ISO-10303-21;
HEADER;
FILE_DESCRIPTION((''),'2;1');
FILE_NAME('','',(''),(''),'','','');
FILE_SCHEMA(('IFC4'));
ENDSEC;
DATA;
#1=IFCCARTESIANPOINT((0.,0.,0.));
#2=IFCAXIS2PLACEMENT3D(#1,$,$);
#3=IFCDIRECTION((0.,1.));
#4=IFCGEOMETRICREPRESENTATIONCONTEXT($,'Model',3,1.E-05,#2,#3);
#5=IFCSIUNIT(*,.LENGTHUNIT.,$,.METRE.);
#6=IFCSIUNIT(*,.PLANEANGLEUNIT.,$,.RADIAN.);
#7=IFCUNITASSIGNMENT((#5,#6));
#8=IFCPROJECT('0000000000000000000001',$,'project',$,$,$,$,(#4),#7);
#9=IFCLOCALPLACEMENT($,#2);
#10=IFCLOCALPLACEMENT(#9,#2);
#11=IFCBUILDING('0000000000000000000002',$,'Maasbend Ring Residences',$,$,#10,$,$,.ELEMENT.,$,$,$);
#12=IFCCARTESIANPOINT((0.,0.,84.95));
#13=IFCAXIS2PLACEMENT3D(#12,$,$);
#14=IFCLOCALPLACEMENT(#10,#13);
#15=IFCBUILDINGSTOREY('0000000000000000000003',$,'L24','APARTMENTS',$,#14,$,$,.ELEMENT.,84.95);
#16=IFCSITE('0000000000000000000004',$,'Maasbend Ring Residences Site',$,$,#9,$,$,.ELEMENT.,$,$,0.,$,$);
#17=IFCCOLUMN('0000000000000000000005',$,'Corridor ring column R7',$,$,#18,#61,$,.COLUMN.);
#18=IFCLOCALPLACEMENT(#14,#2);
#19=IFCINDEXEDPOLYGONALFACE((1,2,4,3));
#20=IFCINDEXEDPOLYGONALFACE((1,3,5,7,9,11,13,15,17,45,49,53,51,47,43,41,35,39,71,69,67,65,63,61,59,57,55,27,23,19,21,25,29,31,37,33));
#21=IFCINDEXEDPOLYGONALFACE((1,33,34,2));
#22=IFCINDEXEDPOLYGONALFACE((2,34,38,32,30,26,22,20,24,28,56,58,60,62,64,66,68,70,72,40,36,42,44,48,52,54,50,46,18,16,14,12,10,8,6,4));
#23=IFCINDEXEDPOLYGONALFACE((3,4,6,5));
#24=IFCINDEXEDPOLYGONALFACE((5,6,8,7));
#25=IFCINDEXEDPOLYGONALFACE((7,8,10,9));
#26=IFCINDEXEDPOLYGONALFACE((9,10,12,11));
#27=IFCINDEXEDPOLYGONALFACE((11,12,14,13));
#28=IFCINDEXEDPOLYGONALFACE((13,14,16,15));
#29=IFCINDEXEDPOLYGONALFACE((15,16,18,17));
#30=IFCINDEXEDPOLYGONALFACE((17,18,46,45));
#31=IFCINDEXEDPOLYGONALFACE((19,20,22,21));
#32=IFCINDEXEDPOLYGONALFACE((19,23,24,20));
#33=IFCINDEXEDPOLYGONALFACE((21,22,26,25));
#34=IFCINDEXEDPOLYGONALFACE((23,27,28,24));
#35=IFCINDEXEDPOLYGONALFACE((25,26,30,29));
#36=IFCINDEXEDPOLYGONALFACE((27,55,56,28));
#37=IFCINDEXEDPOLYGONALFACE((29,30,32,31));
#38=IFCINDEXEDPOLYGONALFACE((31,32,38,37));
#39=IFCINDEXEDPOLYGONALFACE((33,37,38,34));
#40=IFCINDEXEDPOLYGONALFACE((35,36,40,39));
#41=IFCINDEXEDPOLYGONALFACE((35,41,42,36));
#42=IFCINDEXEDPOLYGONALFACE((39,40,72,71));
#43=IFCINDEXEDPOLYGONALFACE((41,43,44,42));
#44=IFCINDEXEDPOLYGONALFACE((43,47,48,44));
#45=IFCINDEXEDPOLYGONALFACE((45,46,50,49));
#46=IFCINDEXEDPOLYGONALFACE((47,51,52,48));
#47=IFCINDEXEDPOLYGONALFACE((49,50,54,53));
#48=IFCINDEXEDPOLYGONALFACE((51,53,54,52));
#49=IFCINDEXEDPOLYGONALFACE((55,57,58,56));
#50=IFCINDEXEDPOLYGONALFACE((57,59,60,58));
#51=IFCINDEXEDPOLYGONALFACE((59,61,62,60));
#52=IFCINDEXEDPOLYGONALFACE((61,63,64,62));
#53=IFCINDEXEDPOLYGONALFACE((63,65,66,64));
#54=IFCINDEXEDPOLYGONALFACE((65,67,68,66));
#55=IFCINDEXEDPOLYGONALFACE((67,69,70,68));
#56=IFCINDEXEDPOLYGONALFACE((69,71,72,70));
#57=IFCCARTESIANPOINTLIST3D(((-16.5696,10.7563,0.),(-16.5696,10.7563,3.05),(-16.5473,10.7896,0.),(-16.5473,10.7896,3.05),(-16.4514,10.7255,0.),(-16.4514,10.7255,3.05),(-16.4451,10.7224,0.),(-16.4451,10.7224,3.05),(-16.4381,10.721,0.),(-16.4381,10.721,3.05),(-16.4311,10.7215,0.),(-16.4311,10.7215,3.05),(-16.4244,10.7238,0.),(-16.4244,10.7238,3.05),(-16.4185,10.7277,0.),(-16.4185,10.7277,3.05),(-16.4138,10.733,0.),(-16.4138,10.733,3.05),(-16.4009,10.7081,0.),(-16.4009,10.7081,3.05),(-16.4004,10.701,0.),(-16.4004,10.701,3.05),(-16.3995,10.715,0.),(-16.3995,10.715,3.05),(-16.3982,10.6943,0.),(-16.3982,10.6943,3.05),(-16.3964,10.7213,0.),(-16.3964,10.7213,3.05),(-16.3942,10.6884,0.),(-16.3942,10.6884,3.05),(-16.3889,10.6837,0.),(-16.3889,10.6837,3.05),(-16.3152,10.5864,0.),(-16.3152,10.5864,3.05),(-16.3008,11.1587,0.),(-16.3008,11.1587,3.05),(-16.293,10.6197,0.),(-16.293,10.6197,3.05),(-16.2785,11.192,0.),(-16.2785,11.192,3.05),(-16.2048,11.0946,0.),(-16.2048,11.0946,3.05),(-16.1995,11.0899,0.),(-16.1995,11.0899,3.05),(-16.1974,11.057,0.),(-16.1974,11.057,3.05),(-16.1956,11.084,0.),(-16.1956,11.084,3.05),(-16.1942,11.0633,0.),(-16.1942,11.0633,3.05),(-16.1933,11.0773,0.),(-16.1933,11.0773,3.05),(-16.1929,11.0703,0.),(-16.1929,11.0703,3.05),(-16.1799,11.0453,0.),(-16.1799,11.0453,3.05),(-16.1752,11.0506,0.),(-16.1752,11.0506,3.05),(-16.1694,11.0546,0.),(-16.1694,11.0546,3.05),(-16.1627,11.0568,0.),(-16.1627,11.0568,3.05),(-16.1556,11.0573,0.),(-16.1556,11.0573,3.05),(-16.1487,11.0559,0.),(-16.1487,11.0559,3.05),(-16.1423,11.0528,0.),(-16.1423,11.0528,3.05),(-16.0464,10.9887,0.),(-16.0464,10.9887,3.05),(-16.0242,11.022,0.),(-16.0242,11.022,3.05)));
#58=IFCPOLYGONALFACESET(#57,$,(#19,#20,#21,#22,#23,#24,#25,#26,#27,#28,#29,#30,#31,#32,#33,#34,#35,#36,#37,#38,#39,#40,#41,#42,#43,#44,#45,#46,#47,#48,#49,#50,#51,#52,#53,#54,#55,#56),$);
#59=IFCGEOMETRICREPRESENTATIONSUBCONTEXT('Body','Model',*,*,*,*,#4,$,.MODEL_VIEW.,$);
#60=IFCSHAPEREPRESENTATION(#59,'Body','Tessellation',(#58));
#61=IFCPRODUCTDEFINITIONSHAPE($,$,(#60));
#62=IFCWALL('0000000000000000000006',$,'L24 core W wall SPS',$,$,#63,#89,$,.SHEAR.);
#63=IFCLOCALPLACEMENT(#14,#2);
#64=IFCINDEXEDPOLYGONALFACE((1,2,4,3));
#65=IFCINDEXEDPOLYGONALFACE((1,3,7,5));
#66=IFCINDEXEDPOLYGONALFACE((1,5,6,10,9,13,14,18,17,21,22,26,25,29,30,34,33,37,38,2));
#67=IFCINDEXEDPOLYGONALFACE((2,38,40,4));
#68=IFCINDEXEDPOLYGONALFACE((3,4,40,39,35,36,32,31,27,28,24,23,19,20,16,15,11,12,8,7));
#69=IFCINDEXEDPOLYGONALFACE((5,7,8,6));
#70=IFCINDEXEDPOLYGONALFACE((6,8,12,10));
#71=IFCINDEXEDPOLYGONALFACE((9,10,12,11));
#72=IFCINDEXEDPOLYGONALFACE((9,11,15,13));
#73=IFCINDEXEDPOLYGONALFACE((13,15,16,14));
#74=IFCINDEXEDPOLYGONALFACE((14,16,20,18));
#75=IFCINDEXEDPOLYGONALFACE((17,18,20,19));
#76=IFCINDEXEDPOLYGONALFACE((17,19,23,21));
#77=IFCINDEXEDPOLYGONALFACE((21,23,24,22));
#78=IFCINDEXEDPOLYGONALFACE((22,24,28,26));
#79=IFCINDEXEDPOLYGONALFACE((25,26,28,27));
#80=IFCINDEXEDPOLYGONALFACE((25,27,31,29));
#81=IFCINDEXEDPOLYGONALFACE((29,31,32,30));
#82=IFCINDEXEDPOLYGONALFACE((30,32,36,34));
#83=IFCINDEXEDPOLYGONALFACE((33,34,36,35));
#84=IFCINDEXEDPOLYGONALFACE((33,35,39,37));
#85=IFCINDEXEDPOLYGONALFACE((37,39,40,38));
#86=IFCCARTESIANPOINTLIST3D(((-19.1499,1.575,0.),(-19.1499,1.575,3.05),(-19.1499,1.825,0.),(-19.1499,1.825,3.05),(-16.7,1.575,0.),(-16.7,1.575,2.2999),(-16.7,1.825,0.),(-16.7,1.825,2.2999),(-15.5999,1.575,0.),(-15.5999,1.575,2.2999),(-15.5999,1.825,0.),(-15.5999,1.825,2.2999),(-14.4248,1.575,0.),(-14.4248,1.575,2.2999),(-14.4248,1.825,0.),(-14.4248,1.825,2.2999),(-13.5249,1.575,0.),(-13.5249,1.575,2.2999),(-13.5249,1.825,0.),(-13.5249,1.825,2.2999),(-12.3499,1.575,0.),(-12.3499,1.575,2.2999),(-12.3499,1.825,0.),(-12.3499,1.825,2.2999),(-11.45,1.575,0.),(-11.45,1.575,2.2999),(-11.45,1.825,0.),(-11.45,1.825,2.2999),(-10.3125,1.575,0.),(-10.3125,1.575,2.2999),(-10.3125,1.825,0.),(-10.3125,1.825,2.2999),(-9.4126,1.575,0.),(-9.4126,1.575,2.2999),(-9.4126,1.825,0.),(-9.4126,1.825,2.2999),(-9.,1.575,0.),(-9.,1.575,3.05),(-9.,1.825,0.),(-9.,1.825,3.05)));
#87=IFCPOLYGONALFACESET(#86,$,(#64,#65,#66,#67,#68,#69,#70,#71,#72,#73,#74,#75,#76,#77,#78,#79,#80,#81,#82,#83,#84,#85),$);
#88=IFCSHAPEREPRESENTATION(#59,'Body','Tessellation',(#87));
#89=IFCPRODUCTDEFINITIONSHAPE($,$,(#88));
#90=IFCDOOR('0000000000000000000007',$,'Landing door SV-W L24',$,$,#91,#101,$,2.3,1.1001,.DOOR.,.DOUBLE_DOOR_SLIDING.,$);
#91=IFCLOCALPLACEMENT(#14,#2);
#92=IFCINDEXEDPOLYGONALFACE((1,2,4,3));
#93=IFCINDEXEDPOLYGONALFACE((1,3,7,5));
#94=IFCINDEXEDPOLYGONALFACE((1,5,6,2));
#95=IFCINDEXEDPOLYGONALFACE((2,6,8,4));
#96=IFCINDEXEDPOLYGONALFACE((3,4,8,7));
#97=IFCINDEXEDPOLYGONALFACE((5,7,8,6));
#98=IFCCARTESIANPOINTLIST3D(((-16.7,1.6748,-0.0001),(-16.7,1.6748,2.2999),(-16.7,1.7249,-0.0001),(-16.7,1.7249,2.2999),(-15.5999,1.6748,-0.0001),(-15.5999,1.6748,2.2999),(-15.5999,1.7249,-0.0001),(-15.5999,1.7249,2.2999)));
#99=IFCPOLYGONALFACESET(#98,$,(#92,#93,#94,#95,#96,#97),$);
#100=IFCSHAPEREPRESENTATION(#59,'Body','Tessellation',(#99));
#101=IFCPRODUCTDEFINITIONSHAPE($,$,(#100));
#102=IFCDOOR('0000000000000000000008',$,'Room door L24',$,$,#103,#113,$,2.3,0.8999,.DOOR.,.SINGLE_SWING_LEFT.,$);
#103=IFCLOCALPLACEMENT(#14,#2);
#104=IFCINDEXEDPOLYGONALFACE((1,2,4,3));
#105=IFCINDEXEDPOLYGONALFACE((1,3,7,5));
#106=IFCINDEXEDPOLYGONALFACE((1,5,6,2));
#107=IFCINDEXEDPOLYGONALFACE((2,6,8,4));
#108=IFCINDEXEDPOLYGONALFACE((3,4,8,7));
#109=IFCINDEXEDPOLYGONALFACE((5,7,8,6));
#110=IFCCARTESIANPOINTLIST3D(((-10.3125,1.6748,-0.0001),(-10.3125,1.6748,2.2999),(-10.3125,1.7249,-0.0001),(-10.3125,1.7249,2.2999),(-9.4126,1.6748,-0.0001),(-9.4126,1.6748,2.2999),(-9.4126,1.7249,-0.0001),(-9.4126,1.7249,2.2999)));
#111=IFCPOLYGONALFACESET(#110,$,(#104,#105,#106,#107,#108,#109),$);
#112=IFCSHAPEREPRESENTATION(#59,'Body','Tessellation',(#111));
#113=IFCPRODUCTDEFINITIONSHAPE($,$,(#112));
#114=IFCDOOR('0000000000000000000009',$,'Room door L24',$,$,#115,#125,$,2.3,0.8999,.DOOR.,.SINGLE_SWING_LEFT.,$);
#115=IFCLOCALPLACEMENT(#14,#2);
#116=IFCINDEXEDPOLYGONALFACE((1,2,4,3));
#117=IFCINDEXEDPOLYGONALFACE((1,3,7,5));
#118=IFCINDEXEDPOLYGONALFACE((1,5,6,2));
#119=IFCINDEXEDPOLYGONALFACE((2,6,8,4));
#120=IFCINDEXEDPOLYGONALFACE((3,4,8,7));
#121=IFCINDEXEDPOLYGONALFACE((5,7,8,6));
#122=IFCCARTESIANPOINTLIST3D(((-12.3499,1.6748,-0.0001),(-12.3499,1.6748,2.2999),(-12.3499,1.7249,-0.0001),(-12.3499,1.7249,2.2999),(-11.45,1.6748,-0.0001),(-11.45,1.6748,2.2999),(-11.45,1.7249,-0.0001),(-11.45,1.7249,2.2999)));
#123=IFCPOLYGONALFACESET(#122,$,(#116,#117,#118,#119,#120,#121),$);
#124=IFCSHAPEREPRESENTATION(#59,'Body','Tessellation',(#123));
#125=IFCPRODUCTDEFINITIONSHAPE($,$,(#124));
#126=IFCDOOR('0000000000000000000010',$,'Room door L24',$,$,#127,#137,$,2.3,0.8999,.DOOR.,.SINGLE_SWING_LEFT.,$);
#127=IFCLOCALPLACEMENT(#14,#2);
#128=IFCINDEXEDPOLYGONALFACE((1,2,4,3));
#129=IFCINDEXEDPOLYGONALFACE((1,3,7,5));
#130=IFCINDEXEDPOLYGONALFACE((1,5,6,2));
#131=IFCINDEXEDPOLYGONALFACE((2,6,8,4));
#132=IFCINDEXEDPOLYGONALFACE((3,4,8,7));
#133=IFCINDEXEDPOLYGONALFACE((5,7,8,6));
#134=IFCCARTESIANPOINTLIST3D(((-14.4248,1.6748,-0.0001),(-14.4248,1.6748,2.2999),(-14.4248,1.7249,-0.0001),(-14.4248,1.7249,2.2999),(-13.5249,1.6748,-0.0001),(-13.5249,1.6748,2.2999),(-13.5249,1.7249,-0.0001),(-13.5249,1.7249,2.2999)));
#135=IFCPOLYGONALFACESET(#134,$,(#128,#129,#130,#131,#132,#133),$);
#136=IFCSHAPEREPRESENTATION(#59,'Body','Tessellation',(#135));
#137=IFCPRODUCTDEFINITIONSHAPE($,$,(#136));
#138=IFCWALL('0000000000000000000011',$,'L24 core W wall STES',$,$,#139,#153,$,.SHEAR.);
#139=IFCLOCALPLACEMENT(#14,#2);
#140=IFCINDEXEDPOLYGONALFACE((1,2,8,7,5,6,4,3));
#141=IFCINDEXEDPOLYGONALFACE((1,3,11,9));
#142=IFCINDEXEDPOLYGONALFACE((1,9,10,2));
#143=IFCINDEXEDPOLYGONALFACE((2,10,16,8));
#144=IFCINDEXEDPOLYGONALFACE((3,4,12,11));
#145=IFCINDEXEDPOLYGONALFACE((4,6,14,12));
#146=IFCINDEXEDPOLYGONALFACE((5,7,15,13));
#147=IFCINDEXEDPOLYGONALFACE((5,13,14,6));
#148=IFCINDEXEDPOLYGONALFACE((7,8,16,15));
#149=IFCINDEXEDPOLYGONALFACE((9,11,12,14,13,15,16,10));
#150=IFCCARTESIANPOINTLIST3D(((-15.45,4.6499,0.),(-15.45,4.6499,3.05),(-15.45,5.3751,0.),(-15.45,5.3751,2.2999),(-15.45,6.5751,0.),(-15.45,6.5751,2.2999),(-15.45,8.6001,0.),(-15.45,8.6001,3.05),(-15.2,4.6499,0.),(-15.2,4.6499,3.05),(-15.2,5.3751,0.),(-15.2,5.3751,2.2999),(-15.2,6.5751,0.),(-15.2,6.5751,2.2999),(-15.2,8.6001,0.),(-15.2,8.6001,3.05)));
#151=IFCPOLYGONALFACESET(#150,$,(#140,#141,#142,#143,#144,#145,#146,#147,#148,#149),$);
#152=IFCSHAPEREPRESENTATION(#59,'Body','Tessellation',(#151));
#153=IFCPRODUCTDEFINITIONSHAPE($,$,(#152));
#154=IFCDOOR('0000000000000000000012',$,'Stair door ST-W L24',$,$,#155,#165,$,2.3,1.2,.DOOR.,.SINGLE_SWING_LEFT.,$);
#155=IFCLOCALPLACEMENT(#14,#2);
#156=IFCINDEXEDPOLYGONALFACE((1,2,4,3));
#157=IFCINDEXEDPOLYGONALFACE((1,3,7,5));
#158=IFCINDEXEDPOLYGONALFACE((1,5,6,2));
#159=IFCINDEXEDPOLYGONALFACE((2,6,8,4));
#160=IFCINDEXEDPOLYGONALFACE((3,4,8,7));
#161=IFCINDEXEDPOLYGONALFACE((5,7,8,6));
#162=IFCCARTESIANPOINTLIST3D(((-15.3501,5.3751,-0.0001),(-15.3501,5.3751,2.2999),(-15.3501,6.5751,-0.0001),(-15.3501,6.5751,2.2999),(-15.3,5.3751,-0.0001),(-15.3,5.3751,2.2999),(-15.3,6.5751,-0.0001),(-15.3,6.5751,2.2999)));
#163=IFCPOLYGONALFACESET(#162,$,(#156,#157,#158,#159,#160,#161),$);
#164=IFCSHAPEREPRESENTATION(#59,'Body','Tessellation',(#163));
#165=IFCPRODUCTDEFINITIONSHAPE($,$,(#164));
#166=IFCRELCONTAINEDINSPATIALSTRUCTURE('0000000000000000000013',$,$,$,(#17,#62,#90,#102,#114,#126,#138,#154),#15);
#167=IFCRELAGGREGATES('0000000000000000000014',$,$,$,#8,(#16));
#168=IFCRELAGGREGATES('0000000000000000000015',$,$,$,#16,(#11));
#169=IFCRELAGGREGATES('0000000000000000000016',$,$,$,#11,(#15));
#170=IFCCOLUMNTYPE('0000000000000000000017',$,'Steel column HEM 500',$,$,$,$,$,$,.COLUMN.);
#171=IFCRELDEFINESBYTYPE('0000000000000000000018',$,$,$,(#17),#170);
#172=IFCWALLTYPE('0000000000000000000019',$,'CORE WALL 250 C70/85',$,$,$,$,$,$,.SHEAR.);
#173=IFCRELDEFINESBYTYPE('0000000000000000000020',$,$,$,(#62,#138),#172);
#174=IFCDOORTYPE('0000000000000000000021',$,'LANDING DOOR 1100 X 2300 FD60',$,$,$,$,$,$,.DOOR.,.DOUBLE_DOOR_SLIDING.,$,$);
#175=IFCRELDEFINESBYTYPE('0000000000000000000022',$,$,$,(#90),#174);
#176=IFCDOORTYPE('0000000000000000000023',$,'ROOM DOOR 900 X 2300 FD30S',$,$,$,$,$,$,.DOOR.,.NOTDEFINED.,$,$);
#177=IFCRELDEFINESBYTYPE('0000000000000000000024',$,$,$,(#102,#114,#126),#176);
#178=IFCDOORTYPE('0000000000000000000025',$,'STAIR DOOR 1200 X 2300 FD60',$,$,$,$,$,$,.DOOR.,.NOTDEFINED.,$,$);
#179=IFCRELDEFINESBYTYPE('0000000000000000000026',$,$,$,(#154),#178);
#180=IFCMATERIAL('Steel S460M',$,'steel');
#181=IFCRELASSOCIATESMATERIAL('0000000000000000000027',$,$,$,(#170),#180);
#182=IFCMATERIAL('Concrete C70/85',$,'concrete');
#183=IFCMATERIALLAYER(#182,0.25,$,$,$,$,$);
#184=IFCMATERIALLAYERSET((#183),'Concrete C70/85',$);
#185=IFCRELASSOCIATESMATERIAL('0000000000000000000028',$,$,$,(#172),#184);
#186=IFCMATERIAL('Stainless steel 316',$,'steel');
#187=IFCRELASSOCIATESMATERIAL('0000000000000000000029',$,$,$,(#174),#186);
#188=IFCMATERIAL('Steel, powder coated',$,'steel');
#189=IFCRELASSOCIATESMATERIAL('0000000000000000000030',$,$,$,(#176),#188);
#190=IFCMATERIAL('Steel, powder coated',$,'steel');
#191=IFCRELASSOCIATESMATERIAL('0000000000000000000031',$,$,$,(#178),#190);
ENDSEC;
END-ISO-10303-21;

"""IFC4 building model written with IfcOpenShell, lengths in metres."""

from ifc_helpers import new_model, si_unit, direction, frame, frame_2d, origin, origin_2d, place, context, subcontext, project, spatial, rectangle, i_section, extrude, material, layer, layer_set, material_profile, profile_set, type_object, element, fill, save


model = new_model("IFC4")

# Units and contexts
model_context = context("Model", 3, precision=1e-05, world=origin(), true_north=direction((0.0, 1.0)))
body_context = subcontext(model_context, "Body", "Model", "MODEL_VIEW")
ifc_project = project(units=[si_unit("LENGTHUNIT", "METRE"), si_unit("PLANEANGLEUNIT", "RADIAN")], contexts=[model_context])

# Site, building, storey
site_placement = place(None, origin())
site = spatial("IfcSite", under=ifc_project, at=site_placement, Name="Maasbend Ring Residences Site", CompositionType="ELEMENT", RefElevation=0.0)
building_placement = place(site_placement, origin())
building = spatial("IfcBuilding", under=site, at=building_placement, Name="Maasbend Ring Residences", CompositionType="ELEMENT")
storey_placement = place(building_placement, frame((0.0, 0.0, 84.95)))
storey = spatial("IfcBuildingStorey", under=building, at=storey_placement, Name="L24", Description="APARTMENTS", CompositionType="ELEMENT", Elevation=84.95)

# Column
ifc_material_1 = material(Name="Steel S460M", Category="steel")
ifc_material_profile = material_profile(ifc_material_1, i_section(OverallWidth=0.3059, OverallDepth=0.5239, WebThickness=0.021, FlangeThickness=0.04, FilletRadius=0.0271, at=origin_2d()), Name="HEM 500")
ifc_profile_set = profile_set([ifc_material_profile], Name="Steel S460M")
column_type = type_object("IfcColumnType", Name="Steel column HEM 500", PredefinedType="COLUMN", material=ifc_profile_set)
column_placement = place(storey_placement, frame((-16.2969, 10.8892, 0.0), z_axis=(0.0, 0.0, 1.0), x_axis=(-0.83147, 0.55557, 0.0)))
element("IfcColumn", 1, at=column_placement, inside=storey, type_object=column_type, Name="Corridor ring column R7", PredefinedType="COLUMN", context=body_context, shape_type="SweptSolid", body=[
    extrude(i_section(OverallWidth=0.3059, OverallDepth=0.5239, WebThickness=0.021, FlangeThickness=0.04, FilletRadius=0.0271, at=origin_2d()), origin(), (0.0, 0.0, 1.0), 3.05),
])

# Wall, openings, doors
ifc_material_2 = material(Name="Concrete C70/85", Category="concrete")
ifc_layer_1 = layer(ifc_material_2, 0.25)
ifc_layer_set_1 = layer_set([ifc_layer_1], Name="Concrete C70/85")
wall_type_1 = type_object("IfcWallType", Name="CORE WALL 250 C70/85", PredefinedType="SHEAR", material=ifc_layer_set_1)
wall_1_placement = place(storey_placement, frame((-19.1499, 1.7, 0.0), z_axis=(0.0, 0.0, 1.0), x_axis=(1.0, 0.0, 0.0)))
wall_1 = element("IfcWall", 2, at=wall_1_placement, inside=storey, type_object=wall_type_1, Name="L24 core W wall SPS", PredefinedType="SHEAR", context=body_context, shape_type="SweptSolid", body=[
    extrude(rectangle(XDim=10.1499, YDim=0.25, at=frame_2d((5.075, 0.0))), origin(), (0.0, 0.0, 1.0), 3.05),
])
opening_1_placement = place(wall_1_placement, frame((2.45, 0.0, 0.0)))
opening_1 = element("IfcOpeningElement", 3, at=opening_1_placement, cuts=wall_1, PredefinedType="OPENING", context=body_context, shape_type="SweptSolid", body=[
    extrude(rectangle(XDim=1.1001, YDim=2.3, at=frame_2d((0.55, 1.1499))), frame((0.0, 0.135, 0.0), z_axis=(0.0, -1.0, 0.0), x_axis=(1.0, 0.0, 0.0)), (0.0, 0.0, 1.0), 0.27),
])
opening_2_placement = place(wall_1_placement, frame((8.8374, 0.0, 0.0)))
opening_2 = element("IfcOpeningElement", 4, at=opening_2_placement, cuts=wall_1, PredefinedType="OPENING", context=body_context, shape_type="SweptSolid", body=[
    extrude(rectangle(XDim=0.8999, YDim=2.3, at=frame_2d((0.45, 1.1499))), frame((0.0, 0.135, 0.0), z_axis=(0.0, -1.0, 0.0), x_axis=(1.0, 0.0, 0.0)), (0.0, 0.0, 1.0), 0.27),
])
opening_3_placement = place(wall_1_placement, frame((6.8, 0.0, 0.0)))
opening_3 = element("IfcOpeningElement", 5, at=opening_3_placement, cuts=wall_1, PredefinedType="OPENING", context=body_context, shape_type="SweptSolid", body=[
    extrude(rectangle(XDim=0.8999, YDim=2.3, at=frame_2d((0.45, 1.1499))), frame((0.0, 0.135, 0.0), z_axis=(0.0, -1.0, 0.0), x_axis=(1.0, 0.0, 0.0)), (0.0, 0.0, 1.0), 0.27),
])
opening_4_placement = place(wall_1_placement, frame((4.7251, 0.0, 0.0)))
opening_4 = element("IfcOpeningElement", 6, at=opening_4_placement, cuts=wall_1, PredefinedType="OPENING", context=body_context, shape_type="SweptSolid", body=[
    extrude(rectangle(XDim=0.8999, YDim=2.3, at=frame_2d((0.45, 1.1499))), frame((0.0, 0.135, 0.0), z_axis=(0.0, -1.0, 0.0), x_axis=(1.0, 0.0, 0.0)), (0.0, 0.0, 1.0), 0.27),
])
ifc_material_3 = material(Name="Stainless steel 316", Category="steel")
door_type_1 = type_object("IfcDoorType", Name="LANDING DOOR 1100 X 2300 FD60", OperationType="DOUBLE_DOOR_SLIDING", PredefinedType="DOOR", material=ifc_material_3)
door_1_placement = place(opening_1_placement, origin())
door_1 = element("IfcDoor", 7, at=door_1_placement, inside=storey, type_object=door_type_1, Name="Landing door SV-W L24", OperationType="DOUBLE_DOOR_SLIDING", OverallHeight=2.3, OverallWidth=1.1001, PredefinedType="DOOR", context=body_context, shape_type="SweptSolid", body=[
    extrude(rectangle(XDim=1.1001, YDim=2.3, at=frame_2d((0.55, 1.1499))), frame((0.0, 0.0249, 0.0), z_axis=(0.0, -1.0, 0.0), x_axis=(1.0, 0.0, 0.0)), (0.0, 0.0, 1.0), 0.05),
])
fill(opening_1, door_1)
ifc_material_4 = material(Name="Steel, powder coated", Category="steel")
door_type_2 = type_object("IfcDoorType", Name="ROOM DOOR 900 X 2300 FD30S", OperationType="NOTDEFINED", PredefinedType="DOOR", material=ifc_material_4)
door_2_placement = place(opening_2_placement, origin())
door_2 = element("IfcDoor", 8, at=door_2_placement, inside=storey, type_object=door_type_2, Name="Room door L24", OperationType="SINGLE_SWING_LEFT", OverallHeight=2.3, OverallWidth=0.8999, PredefinedType="DOOR", context=body_context, shape_type="SweptSolid", body=[
    extrude(rectangle(XDim=0.8999, YDim=2.3, at=frame_2d((0.45, 1.1499))), frame((0.0, 0.0249, 0.0), z_axis=(0.0, -1.0, 0.0), x_axis=(1.0, 0.0, 0.0)), (0.0, 0.0, 1.0), 0.05),
])
fill(opening_2, door_2)
door_3_placement = place(opening_3_placement, origin())
door_3 = element("IfcDoor", 9, at=door_3_placement, inside=storey, type_object=door_type_2, Name="Room door L24", OperationType="SINGLE_SWING_LEFT", OverallHeight=2.3, OverallWidth=0.8999, PredefinedType="DOOR", context=body_context, shape_type="SweptSolid", body=[
    extrude(rectangle(XDim=0.8999, YDim=2.3, at=frame_2d((0.45, 1.1499))), frame((0.0, 0.0249, 0.0), z_axis=(0.0, -1.0, 0.0), x_axis=(1.0, 0.0, 0.0)), (0.0, 0.0, 1.0), 0.05),
])
fill(opening_3, door_3)
door_4_placement = place(opening_4_placement, origin())
door_4 = element("IfcDoor", 10, at=door_4_placement, inside=storey, type_object=door_type_2, Name="Room door L24", OperationType="SINGLE_SWING_LEFT", OverallHeight=2.3, OverallWidth=0.8999, PredefinedType="DOOR", context=body_context, shape_type="SweptSolid", body=[
    extrude(rectangle(XDim=0.8999, YDim=2.3, at=frame_2d((0.45, 1.1499))), frame((0.0, 0.0249, 0.0), z_axis=(0.0, -1.0, 0.0), x_axis=(1.0, 0.0, 0.0)), (0.0, 0.0, 1.0), 0.05),
])
fill(opening_4, door_4)

# Wall, opening, door
wall_2_placement = place(storey_placement, frame((-15.325, 8.6001, 0.0), z_axis=(0.0, 0.0, 1.0), x_axis=(0.0, -1.0, 0.0)))
wall_2 = element("IfcWall", 11, at=wall_2_placement, inside=storey, type_object=wall_type_1, Name="L24 core W wall STES", PredefinedType="SHEAR", context=body_context, shape_type="SweptSolid", body=[
    extrude(rectangle(XDim=3.9502, YDim=0.25, at=frame_2d((1.9751, 0.0))), origin(), (0.0, 0.0, 1.0), 3.05),
])
opening_5_placement = place(wall_2_placement, frame((2.0249, 0.0, 0.0)))
opening_5 = element("IfcOpeningElement", 12, at=opening_5_placement, cuts=wall_2, PredefinedType="OPENING", context=body_context, shape_type="SweptSolid", body=[
    extrude(rectangle(XDim=1.2, YDim=2.3, at=frame_2d((0.6001, 1.1499))), frame((0.0, 0.135, 0.0), z_axis=(0.0, -1.0, 0.0), x_axis=(1.0, 0.0, 0.0)), (0.0, 0.0, 1.0), 0.27),
])
ifc_material_5 = material(Name="Steel, powder coated", Category="steel")
door_type_3 = type_object("IfcDoorType", Name="STAIR DOOR 1200 X 2300 FD60", OperationType="NOTDEFINED", PredefinedType="DOOR", material=ifc_material_5)
door_5_placement = place(opening_5_placement, origin())
door_5 = element("IfcDoor", 13, at=door_5_placement, inside=storey, type_object=door_type_3, Name="Stair door ST-W L24", OperationType="SINGLE_SWING_LEFT", OverallHeight=2.3, OverallWidth=1.2, PredefinedType="DOOR", context=body_context, shape_type="SweptSolid", body=[
    extrude(rectangle(XDim=1.2, YDim=2.3, at=frame_2d((0.6001, 1.1499))), frame((0.0, 0.0249, 0.0), z_axis=(0.0, -1.0, 0.0), x_axis=(1.0, 0.0, 0.0)), (0.0, 0.0, 1.0), 0.05),
])
fill(opening_5, door_5)

save(model, "model.ifc")
